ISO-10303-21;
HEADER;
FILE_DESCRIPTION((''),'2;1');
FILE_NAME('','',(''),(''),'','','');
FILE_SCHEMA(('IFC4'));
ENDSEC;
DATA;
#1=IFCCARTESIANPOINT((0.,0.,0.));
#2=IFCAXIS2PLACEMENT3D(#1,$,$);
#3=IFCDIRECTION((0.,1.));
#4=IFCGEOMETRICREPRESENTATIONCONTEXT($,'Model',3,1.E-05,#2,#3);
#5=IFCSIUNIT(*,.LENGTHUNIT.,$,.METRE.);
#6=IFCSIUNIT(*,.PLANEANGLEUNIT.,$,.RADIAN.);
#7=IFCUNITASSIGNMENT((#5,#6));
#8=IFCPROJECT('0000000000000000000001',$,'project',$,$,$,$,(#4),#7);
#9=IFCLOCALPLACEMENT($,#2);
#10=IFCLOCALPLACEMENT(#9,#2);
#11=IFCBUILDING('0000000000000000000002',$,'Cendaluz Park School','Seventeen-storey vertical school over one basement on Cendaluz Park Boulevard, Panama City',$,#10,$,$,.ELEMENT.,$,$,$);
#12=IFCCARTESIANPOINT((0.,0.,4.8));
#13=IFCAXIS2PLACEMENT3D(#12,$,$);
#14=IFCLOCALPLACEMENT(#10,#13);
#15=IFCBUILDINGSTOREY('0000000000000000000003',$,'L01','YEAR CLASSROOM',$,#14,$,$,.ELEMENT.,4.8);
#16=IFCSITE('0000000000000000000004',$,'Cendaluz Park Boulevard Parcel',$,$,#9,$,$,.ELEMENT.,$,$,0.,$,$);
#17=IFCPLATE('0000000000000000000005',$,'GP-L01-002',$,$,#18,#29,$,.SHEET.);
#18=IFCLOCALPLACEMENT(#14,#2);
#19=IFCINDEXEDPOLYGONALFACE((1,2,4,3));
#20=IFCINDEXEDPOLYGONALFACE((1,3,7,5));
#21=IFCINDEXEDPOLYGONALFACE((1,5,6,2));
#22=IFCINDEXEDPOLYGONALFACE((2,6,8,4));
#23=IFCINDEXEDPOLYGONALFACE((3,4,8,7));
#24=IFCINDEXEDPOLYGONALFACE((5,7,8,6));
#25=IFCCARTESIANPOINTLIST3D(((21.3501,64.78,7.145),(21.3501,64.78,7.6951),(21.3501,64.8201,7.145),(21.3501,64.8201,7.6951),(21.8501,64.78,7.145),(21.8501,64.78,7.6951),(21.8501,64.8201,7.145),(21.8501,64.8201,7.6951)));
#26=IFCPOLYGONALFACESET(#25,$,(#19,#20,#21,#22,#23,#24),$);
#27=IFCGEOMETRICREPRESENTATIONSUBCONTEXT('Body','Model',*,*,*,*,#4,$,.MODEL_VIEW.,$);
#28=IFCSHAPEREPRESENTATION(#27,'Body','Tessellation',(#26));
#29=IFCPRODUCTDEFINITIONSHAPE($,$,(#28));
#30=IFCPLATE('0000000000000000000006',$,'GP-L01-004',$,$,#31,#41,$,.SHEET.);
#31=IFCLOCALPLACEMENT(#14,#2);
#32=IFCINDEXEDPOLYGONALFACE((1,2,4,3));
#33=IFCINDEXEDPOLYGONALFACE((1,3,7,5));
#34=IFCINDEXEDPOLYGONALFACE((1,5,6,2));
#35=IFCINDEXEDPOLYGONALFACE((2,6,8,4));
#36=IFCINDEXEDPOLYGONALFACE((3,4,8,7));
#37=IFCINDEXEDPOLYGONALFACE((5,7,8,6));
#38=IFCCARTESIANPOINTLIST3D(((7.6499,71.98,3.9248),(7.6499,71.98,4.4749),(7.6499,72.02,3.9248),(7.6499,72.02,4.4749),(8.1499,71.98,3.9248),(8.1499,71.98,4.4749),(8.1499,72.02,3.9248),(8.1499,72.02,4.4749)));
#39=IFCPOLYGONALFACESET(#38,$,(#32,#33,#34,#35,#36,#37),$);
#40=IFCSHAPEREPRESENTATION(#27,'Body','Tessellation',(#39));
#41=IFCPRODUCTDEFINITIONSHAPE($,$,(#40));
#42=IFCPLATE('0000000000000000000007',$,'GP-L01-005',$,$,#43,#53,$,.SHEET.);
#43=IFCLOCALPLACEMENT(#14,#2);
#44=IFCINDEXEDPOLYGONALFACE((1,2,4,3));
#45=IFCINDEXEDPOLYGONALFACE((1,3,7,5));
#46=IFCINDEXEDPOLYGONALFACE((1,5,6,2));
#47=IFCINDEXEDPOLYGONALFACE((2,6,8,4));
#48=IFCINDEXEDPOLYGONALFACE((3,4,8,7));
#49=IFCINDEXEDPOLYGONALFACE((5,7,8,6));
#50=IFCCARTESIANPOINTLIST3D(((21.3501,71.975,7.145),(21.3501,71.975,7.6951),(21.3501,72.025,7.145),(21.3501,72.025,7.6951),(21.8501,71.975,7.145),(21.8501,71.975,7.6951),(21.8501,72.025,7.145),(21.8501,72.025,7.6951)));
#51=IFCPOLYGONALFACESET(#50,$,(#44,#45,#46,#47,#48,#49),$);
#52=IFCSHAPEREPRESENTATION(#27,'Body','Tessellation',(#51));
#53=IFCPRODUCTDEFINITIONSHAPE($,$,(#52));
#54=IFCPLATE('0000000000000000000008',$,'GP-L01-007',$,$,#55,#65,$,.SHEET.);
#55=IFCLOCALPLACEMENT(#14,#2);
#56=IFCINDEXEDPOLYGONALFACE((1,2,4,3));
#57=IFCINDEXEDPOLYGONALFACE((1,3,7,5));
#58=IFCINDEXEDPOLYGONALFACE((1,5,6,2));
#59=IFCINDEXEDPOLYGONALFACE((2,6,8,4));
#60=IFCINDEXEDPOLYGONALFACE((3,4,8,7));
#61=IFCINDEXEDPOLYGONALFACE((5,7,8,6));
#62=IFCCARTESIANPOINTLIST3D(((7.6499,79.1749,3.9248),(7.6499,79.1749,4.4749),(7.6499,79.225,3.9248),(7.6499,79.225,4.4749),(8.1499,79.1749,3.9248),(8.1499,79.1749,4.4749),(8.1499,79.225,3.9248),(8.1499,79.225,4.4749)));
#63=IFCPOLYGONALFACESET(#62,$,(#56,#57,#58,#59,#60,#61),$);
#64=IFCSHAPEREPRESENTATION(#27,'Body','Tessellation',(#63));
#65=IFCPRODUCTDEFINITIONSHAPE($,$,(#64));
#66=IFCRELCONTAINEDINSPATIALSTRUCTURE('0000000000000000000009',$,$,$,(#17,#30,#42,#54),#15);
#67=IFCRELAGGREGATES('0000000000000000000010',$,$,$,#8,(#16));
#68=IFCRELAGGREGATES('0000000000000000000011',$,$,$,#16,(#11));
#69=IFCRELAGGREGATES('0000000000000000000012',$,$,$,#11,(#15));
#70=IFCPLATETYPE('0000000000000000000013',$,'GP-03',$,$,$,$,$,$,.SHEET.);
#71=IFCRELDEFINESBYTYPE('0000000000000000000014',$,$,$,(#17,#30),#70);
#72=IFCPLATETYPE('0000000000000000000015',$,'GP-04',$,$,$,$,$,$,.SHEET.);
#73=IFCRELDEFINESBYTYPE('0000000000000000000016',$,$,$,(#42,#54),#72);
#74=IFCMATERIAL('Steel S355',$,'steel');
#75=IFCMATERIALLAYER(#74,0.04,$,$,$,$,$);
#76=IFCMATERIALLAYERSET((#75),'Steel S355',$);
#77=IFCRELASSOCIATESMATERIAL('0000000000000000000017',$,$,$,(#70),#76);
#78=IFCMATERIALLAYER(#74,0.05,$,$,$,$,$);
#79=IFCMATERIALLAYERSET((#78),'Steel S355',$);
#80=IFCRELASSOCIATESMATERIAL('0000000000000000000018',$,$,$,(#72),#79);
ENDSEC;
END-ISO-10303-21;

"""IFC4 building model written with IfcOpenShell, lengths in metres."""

from ifc_helpers import new_model, si_unit, direction, frame, origin, origin_2d, place, context, subcontext, project, spatial, rectangle, extrude, material, layer, layer_set, type_object, element, save


model = new_model("IFC4")

# Units and contexts
model_context = context("Model", 3, precision=1e-05, world=origin(), true_north=direction((0.0, 1.0)))
body_context = subcontext(model_context, "Body", "Model", "MODEL_VIEW")
ifc_project = project(units=[si_unit("LENGTHUNIT", "METRE"), si_unit("PLANEANGLEUNIT", "RADIAN")], contexts=[model_context])

# Site, building, storey
site_placement = place(None, origin())
site = spatial("IfcSite", under=ifc_project, at=site_placement, Name="Cendaluz Park Boulevard Parcel", CompositionType="ELEMENT", RefElevation=0.0)
building_placement = place(site_placement, origin())
building = spatial("IfcBuilding", under=site, at=building_placement, Name="Cendaluz Park School", Description="Seventeen-storey vertical school over one basement on Cendaluz Park Boulevard, Panama City", CompositionType="ELEMENT")
storey_placement = place(building_placement, frame((0.0, 0.0, 4.8)))
storey = spatial("IfcBuildingStorey", under=building, at=storey_placement, Name="L01", Description="YEAR CLASSROOM", CompositionType="ELEMENT", Elevation=4.8)

# Shared definitions
ifc_material_1 = material(Name="Steel S355", Category="steel")

# Plates
ifc_layer_1 = layer(ifc_material_1, 0.04)
ifc_layer_set_1 = layer_set([ifc_layer_1], Name="Steel S355")
plate_type_1 = type_object("IfcPlateType", Name="GP-03", PredefinedType="SHEET", material=ifc_layer_set_1)
for number, where, z_axis, x_axis, name in (
    (1, (21.6001, 64.8, 7.145), (0.0, 0.0, 1.0), (1.0, 0.0, 0.0), "GP-L01-002"),
    (2, (7.8999, 72.0, 3.9248), (0.0, 0.0, 1.0), (1.0, 0.0, 0.0), "GP-L01-004"),
):
    element("IfcPlate", number, at=place(storey_placement, frame(where, z_axis=z_axis, x_axis=x_axis)), inside=storey, type_object=plate_type_1, Name=name, PredefinedType="SHEET", context=body_context, shape_type="SweptSolid", body=[
        extrude(rectangle(XDim=0.5, YDim=0.04, at=origin_2d()), origin(), (0.0, 0.0, 1.0), 0.55),
    ])
ifc_layer_2 = layer(ifc_material_1, 0.05)
ifc_layer_set_2 = layer_set([ifc_layer_2], Name="Steel S355")
plate_type_2 = type_object("IfcPlateType", Name="GP-04", PredefinedType="SHEET", material=ifc_layer_set_2)
for number, where, z_axis, x_axis, name in (
    (3, (21.6001, 72.0, 7.145), (0.0, 0.0, 1.0), (1.0, 0.0, 0.0), "GP-L01-005"),
    (4, (7.8999, 79.2, 3.9248), (0.0, 0.0, 1.0), (1.0, 0.0, 0.0), "GP-L01-007"),
):
    element("IfcPlate", number, at=place(storey_placement, frame(where, z_axis=z_axis, x_axis=x_axis)), inside=storey, type_object=plate_type_2, Name=name, PredefinedType="SHEET", context=body_context, shape_type="SweptSolid", body=[
        extrude(rectangle(XDim=0.5, YDim=0.05, at=origin_2d()), origin(), (0.0, 0.0, 1.0), 0.55),
    ])

save(model, "model.ifc")
